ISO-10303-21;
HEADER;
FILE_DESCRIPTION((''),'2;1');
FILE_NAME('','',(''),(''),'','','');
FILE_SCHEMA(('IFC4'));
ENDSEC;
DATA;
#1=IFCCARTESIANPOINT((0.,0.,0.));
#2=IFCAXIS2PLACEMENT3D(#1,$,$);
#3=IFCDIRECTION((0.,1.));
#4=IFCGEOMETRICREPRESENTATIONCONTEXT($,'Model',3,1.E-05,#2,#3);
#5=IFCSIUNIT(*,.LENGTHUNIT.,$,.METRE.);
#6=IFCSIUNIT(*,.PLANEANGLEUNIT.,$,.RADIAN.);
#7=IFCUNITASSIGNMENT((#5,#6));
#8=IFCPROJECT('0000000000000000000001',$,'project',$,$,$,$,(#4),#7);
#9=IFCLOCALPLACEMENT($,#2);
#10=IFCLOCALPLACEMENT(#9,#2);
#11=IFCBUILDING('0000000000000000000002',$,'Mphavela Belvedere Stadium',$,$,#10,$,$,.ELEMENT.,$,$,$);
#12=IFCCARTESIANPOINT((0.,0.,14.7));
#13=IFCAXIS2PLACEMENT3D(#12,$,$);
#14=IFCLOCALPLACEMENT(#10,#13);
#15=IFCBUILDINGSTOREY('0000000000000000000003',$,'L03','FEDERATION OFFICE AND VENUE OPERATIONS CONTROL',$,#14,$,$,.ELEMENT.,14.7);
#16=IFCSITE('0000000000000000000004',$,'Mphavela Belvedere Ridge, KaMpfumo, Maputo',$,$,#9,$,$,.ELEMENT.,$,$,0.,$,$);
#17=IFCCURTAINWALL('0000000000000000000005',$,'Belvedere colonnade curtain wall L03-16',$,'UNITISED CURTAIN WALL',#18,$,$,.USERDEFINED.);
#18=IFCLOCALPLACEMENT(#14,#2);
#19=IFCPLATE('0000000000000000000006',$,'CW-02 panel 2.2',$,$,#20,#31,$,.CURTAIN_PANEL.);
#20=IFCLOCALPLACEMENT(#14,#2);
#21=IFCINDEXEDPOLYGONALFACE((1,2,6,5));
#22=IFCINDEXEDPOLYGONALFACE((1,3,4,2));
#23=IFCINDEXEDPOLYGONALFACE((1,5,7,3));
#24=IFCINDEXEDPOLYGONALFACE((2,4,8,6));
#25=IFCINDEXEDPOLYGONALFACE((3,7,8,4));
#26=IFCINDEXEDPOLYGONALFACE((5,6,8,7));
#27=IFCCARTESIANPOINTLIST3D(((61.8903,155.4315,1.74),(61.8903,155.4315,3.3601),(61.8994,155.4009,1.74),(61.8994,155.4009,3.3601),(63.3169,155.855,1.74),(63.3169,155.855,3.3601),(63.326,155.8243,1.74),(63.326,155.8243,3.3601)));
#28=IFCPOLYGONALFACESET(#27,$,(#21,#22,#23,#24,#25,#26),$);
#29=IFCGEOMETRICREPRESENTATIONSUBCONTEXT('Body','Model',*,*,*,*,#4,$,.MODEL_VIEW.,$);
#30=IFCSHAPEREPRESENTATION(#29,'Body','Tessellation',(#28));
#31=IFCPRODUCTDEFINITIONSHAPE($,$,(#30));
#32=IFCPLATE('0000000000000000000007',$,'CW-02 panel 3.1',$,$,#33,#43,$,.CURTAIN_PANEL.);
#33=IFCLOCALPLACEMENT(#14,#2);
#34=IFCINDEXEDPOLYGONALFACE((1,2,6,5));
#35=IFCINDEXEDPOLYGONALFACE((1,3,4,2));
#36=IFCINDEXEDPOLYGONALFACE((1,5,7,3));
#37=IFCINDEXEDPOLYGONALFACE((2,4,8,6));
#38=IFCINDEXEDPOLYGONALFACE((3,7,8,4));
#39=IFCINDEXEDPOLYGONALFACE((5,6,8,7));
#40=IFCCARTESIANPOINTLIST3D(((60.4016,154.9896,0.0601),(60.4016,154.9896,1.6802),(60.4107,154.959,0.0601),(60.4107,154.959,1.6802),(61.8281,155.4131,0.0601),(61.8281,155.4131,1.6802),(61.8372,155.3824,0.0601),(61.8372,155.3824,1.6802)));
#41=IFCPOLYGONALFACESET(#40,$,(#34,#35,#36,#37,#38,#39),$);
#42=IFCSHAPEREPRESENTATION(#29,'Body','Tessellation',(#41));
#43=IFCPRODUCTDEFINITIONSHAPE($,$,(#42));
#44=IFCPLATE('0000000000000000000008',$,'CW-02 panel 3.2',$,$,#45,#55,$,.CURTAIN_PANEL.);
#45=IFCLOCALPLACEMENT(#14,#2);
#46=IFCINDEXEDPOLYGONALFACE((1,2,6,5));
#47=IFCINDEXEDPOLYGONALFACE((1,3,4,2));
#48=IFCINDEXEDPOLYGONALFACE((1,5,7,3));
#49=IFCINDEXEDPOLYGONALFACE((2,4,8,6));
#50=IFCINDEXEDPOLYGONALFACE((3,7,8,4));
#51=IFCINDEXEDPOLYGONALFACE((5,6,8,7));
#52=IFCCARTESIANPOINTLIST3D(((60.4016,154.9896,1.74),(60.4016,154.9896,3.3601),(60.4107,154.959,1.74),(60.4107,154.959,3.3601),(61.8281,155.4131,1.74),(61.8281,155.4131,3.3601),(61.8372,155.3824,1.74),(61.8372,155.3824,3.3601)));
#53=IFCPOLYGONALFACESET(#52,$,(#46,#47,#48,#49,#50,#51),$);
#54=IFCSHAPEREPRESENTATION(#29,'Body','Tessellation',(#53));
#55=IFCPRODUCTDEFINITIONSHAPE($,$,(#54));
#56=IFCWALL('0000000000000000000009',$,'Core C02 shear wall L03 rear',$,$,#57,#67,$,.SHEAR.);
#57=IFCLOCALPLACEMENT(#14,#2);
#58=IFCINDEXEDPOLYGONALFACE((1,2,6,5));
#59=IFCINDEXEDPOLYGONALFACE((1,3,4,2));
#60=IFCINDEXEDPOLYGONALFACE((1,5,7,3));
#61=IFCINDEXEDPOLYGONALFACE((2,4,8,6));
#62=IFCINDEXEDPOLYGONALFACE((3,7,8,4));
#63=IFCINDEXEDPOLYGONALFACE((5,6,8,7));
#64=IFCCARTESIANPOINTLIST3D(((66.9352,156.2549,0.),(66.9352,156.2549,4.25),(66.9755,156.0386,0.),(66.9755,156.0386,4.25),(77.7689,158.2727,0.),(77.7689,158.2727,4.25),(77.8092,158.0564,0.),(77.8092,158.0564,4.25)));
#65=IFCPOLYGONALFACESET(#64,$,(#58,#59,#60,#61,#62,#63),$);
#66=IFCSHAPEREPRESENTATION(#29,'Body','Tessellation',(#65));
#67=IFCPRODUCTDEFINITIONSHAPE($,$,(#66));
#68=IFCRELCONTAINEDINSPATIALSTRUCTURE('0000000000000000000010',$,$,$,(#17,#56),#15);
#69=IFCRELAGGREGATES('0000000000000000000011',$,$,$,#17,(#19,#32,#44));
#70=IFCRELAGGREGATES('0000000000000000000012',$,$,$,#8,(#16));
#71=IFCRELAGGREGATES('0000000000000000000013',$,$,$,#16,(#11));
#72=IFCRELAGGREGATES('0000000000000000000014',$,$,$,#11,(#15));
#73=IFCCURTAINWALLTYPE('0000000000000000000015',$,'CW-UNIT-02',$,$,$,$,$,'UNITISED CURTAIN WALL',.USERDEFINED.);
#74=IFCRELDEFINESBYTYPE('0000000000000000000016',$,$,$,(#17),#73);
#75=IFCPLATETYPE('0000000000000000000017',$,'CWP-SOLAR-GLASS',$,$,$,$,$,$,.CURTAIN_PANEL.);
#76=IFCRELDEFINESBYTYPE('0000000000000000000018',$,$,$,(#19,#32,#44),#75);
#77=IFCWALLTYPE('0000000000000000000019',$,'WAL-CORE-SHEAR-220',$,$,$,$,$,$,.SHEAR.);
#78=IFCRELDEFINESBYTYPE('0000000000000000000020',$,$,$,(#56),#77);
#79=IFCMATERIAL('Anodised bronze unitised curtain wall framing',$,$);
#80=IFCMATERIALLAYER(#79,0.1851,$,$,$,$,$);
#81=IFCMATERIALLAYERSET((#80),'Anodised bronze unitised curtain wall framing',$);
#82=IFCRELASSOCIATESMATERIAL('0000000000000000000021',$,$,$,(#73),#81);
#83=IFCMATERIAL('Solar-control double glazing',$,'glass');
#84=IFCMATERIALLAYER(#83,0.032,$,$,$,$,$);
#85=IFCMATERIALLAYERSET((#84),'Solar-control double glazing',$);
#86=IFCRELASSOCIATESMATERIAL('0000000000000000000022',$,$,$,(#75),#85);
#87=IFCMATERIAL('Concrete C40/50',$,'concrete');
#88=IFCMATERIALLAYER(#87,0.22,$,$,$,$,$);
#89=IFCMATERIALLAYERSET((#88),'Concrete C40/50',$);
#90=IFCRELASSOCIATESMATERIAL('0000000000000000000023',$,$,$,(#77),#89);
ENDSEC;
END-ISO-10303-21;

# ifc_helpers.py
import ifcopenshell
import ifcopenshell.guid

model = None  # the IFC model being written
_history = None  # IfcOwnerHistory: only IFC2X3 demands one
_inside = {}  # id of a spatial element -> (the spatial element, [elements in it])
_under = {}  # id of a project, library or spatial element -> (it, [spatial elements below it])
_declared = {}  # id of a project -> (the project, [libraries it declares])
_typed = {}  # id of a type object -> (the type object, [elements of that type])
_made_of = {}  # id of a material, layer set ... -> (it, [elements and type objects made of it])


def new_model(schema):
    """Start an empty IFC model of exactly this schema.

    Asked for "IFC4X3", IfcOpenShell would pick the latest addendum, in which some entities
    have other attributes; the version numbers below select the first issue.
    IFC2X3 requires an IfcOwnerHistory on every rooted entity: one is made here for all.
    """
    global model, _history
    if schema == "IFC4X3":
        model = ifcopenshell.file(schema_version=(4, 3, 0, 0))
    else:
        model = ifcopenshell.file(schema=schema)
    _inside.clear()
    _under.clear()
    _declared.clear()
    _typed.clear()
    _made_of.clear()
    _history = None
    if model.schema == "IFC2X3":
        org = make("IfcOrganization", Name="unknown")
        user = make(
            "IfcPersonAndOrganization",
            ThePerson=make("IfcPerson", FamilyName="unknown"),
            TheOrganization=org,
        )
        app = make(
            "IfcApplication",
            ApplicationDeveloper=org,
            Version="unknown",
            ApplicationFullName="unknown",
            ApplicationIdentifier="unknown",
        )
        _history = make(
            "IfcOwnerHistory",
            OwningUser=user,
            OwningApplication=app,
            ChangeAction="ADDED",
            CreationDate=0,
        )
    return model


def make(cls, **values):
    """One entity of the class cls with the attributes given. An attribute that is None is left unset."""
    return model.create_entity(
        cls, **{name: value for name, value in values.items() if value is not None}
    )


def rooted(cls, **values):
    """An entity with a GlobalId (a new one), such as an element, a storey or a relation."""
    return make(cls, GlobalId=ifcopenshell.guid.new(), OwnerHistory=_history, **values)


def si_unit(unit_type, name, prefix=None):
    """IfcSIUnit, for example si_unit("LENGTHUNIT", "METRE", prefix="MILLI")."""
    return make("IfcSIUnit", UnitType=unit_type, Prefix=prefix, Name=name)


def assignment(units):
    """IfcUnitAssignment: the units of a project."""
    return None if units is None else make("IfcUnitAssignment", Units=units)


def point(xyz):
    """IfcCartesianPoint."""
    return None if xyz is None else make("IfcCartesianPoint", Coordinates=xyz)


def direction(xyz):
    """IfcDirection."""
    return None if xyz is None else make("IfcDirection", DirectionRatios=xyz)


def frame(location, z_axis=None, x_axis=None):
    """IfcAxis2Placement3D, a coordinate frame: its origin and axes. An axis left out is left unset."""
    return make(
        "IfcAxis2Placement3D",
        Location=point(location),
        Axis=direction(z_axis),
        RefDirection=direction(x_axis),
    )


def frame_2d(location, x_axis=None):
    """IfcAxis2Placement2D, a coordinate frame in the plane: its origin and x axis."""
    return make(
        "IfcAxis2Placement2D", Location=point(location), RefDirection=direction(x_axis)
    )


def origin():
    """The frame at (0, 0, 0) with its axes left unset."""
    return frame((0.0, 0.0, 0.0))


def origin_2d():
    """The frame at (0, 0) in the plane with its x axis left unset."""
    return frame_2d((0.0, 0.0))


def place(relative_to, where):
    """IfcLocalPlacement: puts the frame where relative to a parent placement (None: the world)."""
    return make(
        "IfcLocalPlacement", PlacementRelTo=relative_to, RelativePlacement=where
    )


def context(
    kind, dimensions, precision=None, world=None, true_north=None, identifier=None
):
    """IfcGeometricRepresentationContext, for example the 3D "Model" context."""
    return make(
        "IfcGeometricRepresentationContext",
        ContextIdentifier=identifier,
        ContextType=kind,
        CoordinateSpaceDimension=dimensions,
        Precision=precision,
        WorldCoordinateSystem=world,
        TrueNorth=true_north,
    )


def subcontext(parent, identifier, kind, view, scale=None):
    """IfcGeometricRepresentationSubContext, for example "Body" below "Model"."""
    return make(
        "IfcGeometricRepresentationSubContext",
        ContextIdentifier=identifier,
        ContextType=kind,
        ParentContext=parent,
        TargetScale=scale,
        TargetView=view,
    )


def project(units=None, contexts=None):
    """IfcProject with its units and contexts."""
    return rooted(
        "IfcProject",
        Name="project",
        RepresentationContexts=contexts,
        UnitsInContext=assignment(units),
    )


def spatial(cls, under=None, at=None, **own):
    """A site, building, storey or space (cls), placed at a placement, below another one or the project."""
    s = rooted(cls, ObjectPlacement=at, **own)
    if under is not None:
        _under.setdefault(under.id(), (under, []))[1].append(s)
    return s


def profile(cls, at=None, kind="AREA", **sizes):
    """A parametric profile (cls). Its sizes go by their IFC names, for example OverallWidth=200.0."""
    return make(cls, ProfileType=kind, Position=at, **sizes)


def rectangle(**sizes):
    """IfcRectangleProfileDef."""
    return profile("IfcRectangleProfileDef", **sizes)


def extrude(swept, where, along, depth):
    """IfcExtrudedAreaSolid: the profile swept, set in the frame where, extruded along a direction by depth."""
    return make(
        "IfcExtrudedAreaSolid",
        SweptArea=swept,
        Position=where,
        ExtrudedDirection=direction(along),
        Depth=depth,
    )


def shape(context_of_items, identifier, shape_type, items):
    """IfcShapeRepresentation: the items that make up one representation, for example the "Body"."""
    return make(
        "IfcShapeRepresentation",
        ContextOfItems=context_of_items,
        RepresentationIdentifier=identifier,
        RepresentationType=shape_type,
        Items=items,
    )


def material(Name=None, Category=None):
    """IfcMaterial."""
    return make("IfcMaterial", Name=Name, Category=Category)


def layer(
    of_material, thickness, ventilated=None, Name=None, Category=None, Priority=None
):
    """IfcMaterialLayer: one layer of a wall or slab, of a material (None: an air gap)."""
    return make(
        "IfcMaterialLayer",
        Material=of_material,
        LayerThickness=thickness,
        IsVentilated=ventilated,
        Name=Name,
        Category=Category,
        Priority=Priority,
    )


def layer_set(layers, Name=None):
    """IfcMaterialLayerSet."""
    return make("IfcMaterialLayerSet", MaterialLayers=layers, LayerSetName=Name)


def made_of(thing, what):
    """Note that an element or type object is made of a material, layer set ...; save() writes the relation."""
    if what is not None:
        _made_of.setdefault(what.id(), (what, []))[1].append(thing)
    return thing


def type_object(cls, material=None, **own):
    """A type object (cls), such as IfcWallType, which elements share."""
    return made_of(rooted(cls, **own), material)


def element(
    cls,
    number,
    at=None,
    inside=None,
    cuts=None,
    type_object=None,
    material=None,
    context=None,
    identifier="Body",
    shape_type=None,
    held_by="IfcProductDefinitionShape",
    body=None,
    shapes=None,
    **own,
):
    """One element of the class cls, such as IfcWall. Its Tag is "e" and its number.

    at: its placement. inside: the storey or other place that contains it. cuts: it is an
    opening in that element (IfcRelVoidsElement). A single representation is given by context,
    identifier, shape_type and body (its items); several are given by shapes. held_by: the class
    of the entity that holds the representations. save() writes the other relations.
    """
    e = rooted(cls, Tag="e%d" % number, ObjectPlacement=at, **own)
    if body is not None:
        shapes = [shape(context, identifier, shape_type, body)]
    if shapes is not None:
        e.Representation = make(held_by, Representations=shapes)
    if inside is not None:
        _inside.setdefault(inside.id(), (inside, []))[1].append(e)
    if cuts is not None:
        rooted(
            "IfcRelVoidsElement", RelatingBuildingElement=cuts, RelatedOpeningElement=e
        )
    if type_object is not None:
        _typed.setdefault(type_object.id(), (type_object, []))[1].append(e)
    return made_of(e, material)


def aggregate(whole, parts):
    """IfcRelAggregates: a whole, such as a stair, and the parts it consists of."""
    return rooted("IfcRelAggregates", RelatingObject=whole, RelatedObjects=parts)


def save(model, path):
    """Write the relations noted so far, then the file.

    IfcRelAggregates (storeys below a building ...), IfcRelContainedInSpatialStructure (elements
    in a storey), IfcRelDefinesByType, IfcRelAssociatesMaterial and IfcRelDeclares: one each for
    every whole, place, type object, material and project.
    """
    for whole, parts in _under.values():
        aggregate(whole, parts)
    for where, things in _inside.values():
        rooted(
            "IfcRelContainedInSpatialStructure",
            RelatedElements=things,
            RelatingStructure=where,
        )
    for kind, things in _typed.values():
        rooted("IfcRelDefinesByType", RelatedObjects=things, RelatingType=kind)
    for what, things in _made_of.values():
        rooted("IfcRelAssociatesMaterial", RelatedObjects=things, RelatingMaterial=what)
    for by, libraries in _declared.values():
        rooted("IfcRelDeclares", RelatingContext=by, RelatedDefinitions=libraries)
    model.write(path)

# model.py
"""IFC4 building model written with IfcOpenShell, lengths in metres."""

from ifc_helpers import new_model, si_unit, direction, frame, frame_2d, origin, origin_2d, place, context, subcontext, project, spatial, rectangle, extrude, material, layer, layer_set, type_object, element, aggregate, save


model = new_model("IFC4")

# Units and contexts
model_context = context("Model", 3, precision=1e-05, world=origin(), true_north=direction((0.0, 1.0)))
body_context = subcontext(model_context, "Body", "Model", "MODEL_VIEW")
ifc_project = project(units=[si_unit("LENGTHUNIT", "METRE"), si_unit("PLANEANGLEUNIT", "RADIAN")], contexts=[model_context])

# Site, building, storey
site_placement = place(None, origin())
site = spatial("IfcSite", under=ifc_project, at=site_placement, Name="Mphavela Belvedere Ridge, KaMpfumo, Maputo", CompositionType="ELEMENT", RefElevation=0.0)
building_placement = place(site_placement, origin())
building = spatial("IfcBuilding", under=site, at=building_placement, Name="Mphavela Belvedere Stadium", CompositionType="ELEMENT")
storey_placement = place(building_placement, frame((0.0, 0.0, 14.7)))
storey = spatial("IfcBuildingStorey", under=building, at=storey_placement, Name="L03", Description="FEDERATION OFFICE AND VENUE OPERATIONS CONTROL", CompositionType="ELEMENT", Elevation=14.7)

# Curtain wall
ifc_material_1 = material(Name="Anodised bronze unitised curtain wall framing")
ifc_layer_1 = layer(ifc_material_1, 0.1851)
ifc_layer_set_1 = layer_set([ifc_layer_1], Name="Anodised bronze unitised curtain wall framing")
curtain_wall_type_1 = type_object("IfcCurtainWallType", Name="CW-UNIT-02", ElementType="UNITISED CURTAIN WALL", PredefinedType="USERDEFINED", material=ifc_layer_set_1)
curtain_wall_1_placement = place(storey_placement, origin())
curtain_wall_1 = element("IfcCurtainWall", 1, at=curtain_wall_1_placement, inside=storey, type_object=curtain_wall_type_1, Name="Belvedere colonnade curtain wall L03-16", ObjectType="UNITISED CURTAIN WALL", PredefinedType="USERDEFINED")

# Plates
ifc_material_2 = material(Name="Solar-control double glazing", Category="glass")
ifc_layer_2 = layer(ifc_material_2, 0.032)
ifc_layer_set_2 = layer_set([ifc_layer_2], Name="Solar-control double glazing")
plate_type = type_object("IfcPlateType", Name="CWP-SOLAR-GLASS", PredefinedType="CURTAIN_PANEL", material=ifc_layer_set_2)
plate_1_placement = place(storey_placement, frame((62.6082, 155.6279, 1.74), z_axis=(0.0, 0.0, 1.0), x_axis=(-0.958657, -0.284565, 0.0)))
plate_1 = element("IfcPlate", 2, at=plate_1_placement, type_object=plate_type, Name="CW-02 panel 2.2", PredefinedType="CURTAIN_PANEL", context=body_context, shape_type="SweptSolid", body=[
    extrude(rectangle(XDim=1.488, YDim=0.032, at=origin_2d()), origin(), (0.0, 0.0, 1.0), 1.6201),
])
plate_2_placement = place(storey_placement, frame((61.1194, 155.186, 0.0601), z_axis=(0.0, 0.0, 1.0), x_axis=(-0.958657, -0.284565, 0.0)))
plate_2 = element("IfcPlate", 3, at=plate_2_placement, type_object=plate_type, Name="CW-02 panel 3.1", PredefinedType="CURTAIN_PANEL", context=body_context, shape_type="SweptSolid", body=[
    extrude(rectangle(XDim=1.488, YDim=0.032, at=origin_2d()), origin(), (0.0, 0.0, 1.0), 1.6201),
])
plate_3_placement = place(storey_placement, frame((61.1194, 155.186, 1.74), z_axis=(0.0, 0.0, 1.0), x_axis=(-0.958657, -0.284565, 0.0)))
plate_3 = element("IfcPlate", 4, at=plate_3_placement, type_object=plate_type, Name="CW-02 panel 3.2", PredefinedType="CURTAIN_PANEL", context=body_context, shape_type="SweptSolid", body=[
    extrude(rectangle(XDim=1.488, YDim=0.032, at=origin_2d()), origin(), (0.0, 0.0, 1.0), 1.6201),
])
aggregate(curtain_wall_1, [plate_1, plate_2, plate_3])

# Wall
ifc_material_3 = material(Name="Concrete C40/50", Category="concrete")
ifc_layer_3 = layer(ifc_material_3, 0.22)
ifc_layer_set_3 = layer_set([ifc_layer_3], Name="Concrete C40/50")
wall_type = type_object("IfcWallType", Name="WAL-CORE-SHEAR-220", PredefinedType="SHEAR", material=ifc_layer_set_3)
wall_placement = place(storey_placement, frame((66.9553, 156.1467, 0.0), z_axis=(0.0, 0.0, 1.0), x_axis=(0.983093, 0.183105, 0.0)))
element("IfcWall", 5, at=wall_placement, inside=storey, type_object=wall_type, Name="Core C02 shear wall L03 rear", PredefinedType="SHEAR", context=body_context, shape_type="SweptSolid", body=[
    extrude(rectangle(XDim=11.02, YDim=0.22, at=frame_2d((5.51, 0.0))), origin(), (0.0, 0.0, 1.0), 4.25),
])

save(model, "model.ifc")
